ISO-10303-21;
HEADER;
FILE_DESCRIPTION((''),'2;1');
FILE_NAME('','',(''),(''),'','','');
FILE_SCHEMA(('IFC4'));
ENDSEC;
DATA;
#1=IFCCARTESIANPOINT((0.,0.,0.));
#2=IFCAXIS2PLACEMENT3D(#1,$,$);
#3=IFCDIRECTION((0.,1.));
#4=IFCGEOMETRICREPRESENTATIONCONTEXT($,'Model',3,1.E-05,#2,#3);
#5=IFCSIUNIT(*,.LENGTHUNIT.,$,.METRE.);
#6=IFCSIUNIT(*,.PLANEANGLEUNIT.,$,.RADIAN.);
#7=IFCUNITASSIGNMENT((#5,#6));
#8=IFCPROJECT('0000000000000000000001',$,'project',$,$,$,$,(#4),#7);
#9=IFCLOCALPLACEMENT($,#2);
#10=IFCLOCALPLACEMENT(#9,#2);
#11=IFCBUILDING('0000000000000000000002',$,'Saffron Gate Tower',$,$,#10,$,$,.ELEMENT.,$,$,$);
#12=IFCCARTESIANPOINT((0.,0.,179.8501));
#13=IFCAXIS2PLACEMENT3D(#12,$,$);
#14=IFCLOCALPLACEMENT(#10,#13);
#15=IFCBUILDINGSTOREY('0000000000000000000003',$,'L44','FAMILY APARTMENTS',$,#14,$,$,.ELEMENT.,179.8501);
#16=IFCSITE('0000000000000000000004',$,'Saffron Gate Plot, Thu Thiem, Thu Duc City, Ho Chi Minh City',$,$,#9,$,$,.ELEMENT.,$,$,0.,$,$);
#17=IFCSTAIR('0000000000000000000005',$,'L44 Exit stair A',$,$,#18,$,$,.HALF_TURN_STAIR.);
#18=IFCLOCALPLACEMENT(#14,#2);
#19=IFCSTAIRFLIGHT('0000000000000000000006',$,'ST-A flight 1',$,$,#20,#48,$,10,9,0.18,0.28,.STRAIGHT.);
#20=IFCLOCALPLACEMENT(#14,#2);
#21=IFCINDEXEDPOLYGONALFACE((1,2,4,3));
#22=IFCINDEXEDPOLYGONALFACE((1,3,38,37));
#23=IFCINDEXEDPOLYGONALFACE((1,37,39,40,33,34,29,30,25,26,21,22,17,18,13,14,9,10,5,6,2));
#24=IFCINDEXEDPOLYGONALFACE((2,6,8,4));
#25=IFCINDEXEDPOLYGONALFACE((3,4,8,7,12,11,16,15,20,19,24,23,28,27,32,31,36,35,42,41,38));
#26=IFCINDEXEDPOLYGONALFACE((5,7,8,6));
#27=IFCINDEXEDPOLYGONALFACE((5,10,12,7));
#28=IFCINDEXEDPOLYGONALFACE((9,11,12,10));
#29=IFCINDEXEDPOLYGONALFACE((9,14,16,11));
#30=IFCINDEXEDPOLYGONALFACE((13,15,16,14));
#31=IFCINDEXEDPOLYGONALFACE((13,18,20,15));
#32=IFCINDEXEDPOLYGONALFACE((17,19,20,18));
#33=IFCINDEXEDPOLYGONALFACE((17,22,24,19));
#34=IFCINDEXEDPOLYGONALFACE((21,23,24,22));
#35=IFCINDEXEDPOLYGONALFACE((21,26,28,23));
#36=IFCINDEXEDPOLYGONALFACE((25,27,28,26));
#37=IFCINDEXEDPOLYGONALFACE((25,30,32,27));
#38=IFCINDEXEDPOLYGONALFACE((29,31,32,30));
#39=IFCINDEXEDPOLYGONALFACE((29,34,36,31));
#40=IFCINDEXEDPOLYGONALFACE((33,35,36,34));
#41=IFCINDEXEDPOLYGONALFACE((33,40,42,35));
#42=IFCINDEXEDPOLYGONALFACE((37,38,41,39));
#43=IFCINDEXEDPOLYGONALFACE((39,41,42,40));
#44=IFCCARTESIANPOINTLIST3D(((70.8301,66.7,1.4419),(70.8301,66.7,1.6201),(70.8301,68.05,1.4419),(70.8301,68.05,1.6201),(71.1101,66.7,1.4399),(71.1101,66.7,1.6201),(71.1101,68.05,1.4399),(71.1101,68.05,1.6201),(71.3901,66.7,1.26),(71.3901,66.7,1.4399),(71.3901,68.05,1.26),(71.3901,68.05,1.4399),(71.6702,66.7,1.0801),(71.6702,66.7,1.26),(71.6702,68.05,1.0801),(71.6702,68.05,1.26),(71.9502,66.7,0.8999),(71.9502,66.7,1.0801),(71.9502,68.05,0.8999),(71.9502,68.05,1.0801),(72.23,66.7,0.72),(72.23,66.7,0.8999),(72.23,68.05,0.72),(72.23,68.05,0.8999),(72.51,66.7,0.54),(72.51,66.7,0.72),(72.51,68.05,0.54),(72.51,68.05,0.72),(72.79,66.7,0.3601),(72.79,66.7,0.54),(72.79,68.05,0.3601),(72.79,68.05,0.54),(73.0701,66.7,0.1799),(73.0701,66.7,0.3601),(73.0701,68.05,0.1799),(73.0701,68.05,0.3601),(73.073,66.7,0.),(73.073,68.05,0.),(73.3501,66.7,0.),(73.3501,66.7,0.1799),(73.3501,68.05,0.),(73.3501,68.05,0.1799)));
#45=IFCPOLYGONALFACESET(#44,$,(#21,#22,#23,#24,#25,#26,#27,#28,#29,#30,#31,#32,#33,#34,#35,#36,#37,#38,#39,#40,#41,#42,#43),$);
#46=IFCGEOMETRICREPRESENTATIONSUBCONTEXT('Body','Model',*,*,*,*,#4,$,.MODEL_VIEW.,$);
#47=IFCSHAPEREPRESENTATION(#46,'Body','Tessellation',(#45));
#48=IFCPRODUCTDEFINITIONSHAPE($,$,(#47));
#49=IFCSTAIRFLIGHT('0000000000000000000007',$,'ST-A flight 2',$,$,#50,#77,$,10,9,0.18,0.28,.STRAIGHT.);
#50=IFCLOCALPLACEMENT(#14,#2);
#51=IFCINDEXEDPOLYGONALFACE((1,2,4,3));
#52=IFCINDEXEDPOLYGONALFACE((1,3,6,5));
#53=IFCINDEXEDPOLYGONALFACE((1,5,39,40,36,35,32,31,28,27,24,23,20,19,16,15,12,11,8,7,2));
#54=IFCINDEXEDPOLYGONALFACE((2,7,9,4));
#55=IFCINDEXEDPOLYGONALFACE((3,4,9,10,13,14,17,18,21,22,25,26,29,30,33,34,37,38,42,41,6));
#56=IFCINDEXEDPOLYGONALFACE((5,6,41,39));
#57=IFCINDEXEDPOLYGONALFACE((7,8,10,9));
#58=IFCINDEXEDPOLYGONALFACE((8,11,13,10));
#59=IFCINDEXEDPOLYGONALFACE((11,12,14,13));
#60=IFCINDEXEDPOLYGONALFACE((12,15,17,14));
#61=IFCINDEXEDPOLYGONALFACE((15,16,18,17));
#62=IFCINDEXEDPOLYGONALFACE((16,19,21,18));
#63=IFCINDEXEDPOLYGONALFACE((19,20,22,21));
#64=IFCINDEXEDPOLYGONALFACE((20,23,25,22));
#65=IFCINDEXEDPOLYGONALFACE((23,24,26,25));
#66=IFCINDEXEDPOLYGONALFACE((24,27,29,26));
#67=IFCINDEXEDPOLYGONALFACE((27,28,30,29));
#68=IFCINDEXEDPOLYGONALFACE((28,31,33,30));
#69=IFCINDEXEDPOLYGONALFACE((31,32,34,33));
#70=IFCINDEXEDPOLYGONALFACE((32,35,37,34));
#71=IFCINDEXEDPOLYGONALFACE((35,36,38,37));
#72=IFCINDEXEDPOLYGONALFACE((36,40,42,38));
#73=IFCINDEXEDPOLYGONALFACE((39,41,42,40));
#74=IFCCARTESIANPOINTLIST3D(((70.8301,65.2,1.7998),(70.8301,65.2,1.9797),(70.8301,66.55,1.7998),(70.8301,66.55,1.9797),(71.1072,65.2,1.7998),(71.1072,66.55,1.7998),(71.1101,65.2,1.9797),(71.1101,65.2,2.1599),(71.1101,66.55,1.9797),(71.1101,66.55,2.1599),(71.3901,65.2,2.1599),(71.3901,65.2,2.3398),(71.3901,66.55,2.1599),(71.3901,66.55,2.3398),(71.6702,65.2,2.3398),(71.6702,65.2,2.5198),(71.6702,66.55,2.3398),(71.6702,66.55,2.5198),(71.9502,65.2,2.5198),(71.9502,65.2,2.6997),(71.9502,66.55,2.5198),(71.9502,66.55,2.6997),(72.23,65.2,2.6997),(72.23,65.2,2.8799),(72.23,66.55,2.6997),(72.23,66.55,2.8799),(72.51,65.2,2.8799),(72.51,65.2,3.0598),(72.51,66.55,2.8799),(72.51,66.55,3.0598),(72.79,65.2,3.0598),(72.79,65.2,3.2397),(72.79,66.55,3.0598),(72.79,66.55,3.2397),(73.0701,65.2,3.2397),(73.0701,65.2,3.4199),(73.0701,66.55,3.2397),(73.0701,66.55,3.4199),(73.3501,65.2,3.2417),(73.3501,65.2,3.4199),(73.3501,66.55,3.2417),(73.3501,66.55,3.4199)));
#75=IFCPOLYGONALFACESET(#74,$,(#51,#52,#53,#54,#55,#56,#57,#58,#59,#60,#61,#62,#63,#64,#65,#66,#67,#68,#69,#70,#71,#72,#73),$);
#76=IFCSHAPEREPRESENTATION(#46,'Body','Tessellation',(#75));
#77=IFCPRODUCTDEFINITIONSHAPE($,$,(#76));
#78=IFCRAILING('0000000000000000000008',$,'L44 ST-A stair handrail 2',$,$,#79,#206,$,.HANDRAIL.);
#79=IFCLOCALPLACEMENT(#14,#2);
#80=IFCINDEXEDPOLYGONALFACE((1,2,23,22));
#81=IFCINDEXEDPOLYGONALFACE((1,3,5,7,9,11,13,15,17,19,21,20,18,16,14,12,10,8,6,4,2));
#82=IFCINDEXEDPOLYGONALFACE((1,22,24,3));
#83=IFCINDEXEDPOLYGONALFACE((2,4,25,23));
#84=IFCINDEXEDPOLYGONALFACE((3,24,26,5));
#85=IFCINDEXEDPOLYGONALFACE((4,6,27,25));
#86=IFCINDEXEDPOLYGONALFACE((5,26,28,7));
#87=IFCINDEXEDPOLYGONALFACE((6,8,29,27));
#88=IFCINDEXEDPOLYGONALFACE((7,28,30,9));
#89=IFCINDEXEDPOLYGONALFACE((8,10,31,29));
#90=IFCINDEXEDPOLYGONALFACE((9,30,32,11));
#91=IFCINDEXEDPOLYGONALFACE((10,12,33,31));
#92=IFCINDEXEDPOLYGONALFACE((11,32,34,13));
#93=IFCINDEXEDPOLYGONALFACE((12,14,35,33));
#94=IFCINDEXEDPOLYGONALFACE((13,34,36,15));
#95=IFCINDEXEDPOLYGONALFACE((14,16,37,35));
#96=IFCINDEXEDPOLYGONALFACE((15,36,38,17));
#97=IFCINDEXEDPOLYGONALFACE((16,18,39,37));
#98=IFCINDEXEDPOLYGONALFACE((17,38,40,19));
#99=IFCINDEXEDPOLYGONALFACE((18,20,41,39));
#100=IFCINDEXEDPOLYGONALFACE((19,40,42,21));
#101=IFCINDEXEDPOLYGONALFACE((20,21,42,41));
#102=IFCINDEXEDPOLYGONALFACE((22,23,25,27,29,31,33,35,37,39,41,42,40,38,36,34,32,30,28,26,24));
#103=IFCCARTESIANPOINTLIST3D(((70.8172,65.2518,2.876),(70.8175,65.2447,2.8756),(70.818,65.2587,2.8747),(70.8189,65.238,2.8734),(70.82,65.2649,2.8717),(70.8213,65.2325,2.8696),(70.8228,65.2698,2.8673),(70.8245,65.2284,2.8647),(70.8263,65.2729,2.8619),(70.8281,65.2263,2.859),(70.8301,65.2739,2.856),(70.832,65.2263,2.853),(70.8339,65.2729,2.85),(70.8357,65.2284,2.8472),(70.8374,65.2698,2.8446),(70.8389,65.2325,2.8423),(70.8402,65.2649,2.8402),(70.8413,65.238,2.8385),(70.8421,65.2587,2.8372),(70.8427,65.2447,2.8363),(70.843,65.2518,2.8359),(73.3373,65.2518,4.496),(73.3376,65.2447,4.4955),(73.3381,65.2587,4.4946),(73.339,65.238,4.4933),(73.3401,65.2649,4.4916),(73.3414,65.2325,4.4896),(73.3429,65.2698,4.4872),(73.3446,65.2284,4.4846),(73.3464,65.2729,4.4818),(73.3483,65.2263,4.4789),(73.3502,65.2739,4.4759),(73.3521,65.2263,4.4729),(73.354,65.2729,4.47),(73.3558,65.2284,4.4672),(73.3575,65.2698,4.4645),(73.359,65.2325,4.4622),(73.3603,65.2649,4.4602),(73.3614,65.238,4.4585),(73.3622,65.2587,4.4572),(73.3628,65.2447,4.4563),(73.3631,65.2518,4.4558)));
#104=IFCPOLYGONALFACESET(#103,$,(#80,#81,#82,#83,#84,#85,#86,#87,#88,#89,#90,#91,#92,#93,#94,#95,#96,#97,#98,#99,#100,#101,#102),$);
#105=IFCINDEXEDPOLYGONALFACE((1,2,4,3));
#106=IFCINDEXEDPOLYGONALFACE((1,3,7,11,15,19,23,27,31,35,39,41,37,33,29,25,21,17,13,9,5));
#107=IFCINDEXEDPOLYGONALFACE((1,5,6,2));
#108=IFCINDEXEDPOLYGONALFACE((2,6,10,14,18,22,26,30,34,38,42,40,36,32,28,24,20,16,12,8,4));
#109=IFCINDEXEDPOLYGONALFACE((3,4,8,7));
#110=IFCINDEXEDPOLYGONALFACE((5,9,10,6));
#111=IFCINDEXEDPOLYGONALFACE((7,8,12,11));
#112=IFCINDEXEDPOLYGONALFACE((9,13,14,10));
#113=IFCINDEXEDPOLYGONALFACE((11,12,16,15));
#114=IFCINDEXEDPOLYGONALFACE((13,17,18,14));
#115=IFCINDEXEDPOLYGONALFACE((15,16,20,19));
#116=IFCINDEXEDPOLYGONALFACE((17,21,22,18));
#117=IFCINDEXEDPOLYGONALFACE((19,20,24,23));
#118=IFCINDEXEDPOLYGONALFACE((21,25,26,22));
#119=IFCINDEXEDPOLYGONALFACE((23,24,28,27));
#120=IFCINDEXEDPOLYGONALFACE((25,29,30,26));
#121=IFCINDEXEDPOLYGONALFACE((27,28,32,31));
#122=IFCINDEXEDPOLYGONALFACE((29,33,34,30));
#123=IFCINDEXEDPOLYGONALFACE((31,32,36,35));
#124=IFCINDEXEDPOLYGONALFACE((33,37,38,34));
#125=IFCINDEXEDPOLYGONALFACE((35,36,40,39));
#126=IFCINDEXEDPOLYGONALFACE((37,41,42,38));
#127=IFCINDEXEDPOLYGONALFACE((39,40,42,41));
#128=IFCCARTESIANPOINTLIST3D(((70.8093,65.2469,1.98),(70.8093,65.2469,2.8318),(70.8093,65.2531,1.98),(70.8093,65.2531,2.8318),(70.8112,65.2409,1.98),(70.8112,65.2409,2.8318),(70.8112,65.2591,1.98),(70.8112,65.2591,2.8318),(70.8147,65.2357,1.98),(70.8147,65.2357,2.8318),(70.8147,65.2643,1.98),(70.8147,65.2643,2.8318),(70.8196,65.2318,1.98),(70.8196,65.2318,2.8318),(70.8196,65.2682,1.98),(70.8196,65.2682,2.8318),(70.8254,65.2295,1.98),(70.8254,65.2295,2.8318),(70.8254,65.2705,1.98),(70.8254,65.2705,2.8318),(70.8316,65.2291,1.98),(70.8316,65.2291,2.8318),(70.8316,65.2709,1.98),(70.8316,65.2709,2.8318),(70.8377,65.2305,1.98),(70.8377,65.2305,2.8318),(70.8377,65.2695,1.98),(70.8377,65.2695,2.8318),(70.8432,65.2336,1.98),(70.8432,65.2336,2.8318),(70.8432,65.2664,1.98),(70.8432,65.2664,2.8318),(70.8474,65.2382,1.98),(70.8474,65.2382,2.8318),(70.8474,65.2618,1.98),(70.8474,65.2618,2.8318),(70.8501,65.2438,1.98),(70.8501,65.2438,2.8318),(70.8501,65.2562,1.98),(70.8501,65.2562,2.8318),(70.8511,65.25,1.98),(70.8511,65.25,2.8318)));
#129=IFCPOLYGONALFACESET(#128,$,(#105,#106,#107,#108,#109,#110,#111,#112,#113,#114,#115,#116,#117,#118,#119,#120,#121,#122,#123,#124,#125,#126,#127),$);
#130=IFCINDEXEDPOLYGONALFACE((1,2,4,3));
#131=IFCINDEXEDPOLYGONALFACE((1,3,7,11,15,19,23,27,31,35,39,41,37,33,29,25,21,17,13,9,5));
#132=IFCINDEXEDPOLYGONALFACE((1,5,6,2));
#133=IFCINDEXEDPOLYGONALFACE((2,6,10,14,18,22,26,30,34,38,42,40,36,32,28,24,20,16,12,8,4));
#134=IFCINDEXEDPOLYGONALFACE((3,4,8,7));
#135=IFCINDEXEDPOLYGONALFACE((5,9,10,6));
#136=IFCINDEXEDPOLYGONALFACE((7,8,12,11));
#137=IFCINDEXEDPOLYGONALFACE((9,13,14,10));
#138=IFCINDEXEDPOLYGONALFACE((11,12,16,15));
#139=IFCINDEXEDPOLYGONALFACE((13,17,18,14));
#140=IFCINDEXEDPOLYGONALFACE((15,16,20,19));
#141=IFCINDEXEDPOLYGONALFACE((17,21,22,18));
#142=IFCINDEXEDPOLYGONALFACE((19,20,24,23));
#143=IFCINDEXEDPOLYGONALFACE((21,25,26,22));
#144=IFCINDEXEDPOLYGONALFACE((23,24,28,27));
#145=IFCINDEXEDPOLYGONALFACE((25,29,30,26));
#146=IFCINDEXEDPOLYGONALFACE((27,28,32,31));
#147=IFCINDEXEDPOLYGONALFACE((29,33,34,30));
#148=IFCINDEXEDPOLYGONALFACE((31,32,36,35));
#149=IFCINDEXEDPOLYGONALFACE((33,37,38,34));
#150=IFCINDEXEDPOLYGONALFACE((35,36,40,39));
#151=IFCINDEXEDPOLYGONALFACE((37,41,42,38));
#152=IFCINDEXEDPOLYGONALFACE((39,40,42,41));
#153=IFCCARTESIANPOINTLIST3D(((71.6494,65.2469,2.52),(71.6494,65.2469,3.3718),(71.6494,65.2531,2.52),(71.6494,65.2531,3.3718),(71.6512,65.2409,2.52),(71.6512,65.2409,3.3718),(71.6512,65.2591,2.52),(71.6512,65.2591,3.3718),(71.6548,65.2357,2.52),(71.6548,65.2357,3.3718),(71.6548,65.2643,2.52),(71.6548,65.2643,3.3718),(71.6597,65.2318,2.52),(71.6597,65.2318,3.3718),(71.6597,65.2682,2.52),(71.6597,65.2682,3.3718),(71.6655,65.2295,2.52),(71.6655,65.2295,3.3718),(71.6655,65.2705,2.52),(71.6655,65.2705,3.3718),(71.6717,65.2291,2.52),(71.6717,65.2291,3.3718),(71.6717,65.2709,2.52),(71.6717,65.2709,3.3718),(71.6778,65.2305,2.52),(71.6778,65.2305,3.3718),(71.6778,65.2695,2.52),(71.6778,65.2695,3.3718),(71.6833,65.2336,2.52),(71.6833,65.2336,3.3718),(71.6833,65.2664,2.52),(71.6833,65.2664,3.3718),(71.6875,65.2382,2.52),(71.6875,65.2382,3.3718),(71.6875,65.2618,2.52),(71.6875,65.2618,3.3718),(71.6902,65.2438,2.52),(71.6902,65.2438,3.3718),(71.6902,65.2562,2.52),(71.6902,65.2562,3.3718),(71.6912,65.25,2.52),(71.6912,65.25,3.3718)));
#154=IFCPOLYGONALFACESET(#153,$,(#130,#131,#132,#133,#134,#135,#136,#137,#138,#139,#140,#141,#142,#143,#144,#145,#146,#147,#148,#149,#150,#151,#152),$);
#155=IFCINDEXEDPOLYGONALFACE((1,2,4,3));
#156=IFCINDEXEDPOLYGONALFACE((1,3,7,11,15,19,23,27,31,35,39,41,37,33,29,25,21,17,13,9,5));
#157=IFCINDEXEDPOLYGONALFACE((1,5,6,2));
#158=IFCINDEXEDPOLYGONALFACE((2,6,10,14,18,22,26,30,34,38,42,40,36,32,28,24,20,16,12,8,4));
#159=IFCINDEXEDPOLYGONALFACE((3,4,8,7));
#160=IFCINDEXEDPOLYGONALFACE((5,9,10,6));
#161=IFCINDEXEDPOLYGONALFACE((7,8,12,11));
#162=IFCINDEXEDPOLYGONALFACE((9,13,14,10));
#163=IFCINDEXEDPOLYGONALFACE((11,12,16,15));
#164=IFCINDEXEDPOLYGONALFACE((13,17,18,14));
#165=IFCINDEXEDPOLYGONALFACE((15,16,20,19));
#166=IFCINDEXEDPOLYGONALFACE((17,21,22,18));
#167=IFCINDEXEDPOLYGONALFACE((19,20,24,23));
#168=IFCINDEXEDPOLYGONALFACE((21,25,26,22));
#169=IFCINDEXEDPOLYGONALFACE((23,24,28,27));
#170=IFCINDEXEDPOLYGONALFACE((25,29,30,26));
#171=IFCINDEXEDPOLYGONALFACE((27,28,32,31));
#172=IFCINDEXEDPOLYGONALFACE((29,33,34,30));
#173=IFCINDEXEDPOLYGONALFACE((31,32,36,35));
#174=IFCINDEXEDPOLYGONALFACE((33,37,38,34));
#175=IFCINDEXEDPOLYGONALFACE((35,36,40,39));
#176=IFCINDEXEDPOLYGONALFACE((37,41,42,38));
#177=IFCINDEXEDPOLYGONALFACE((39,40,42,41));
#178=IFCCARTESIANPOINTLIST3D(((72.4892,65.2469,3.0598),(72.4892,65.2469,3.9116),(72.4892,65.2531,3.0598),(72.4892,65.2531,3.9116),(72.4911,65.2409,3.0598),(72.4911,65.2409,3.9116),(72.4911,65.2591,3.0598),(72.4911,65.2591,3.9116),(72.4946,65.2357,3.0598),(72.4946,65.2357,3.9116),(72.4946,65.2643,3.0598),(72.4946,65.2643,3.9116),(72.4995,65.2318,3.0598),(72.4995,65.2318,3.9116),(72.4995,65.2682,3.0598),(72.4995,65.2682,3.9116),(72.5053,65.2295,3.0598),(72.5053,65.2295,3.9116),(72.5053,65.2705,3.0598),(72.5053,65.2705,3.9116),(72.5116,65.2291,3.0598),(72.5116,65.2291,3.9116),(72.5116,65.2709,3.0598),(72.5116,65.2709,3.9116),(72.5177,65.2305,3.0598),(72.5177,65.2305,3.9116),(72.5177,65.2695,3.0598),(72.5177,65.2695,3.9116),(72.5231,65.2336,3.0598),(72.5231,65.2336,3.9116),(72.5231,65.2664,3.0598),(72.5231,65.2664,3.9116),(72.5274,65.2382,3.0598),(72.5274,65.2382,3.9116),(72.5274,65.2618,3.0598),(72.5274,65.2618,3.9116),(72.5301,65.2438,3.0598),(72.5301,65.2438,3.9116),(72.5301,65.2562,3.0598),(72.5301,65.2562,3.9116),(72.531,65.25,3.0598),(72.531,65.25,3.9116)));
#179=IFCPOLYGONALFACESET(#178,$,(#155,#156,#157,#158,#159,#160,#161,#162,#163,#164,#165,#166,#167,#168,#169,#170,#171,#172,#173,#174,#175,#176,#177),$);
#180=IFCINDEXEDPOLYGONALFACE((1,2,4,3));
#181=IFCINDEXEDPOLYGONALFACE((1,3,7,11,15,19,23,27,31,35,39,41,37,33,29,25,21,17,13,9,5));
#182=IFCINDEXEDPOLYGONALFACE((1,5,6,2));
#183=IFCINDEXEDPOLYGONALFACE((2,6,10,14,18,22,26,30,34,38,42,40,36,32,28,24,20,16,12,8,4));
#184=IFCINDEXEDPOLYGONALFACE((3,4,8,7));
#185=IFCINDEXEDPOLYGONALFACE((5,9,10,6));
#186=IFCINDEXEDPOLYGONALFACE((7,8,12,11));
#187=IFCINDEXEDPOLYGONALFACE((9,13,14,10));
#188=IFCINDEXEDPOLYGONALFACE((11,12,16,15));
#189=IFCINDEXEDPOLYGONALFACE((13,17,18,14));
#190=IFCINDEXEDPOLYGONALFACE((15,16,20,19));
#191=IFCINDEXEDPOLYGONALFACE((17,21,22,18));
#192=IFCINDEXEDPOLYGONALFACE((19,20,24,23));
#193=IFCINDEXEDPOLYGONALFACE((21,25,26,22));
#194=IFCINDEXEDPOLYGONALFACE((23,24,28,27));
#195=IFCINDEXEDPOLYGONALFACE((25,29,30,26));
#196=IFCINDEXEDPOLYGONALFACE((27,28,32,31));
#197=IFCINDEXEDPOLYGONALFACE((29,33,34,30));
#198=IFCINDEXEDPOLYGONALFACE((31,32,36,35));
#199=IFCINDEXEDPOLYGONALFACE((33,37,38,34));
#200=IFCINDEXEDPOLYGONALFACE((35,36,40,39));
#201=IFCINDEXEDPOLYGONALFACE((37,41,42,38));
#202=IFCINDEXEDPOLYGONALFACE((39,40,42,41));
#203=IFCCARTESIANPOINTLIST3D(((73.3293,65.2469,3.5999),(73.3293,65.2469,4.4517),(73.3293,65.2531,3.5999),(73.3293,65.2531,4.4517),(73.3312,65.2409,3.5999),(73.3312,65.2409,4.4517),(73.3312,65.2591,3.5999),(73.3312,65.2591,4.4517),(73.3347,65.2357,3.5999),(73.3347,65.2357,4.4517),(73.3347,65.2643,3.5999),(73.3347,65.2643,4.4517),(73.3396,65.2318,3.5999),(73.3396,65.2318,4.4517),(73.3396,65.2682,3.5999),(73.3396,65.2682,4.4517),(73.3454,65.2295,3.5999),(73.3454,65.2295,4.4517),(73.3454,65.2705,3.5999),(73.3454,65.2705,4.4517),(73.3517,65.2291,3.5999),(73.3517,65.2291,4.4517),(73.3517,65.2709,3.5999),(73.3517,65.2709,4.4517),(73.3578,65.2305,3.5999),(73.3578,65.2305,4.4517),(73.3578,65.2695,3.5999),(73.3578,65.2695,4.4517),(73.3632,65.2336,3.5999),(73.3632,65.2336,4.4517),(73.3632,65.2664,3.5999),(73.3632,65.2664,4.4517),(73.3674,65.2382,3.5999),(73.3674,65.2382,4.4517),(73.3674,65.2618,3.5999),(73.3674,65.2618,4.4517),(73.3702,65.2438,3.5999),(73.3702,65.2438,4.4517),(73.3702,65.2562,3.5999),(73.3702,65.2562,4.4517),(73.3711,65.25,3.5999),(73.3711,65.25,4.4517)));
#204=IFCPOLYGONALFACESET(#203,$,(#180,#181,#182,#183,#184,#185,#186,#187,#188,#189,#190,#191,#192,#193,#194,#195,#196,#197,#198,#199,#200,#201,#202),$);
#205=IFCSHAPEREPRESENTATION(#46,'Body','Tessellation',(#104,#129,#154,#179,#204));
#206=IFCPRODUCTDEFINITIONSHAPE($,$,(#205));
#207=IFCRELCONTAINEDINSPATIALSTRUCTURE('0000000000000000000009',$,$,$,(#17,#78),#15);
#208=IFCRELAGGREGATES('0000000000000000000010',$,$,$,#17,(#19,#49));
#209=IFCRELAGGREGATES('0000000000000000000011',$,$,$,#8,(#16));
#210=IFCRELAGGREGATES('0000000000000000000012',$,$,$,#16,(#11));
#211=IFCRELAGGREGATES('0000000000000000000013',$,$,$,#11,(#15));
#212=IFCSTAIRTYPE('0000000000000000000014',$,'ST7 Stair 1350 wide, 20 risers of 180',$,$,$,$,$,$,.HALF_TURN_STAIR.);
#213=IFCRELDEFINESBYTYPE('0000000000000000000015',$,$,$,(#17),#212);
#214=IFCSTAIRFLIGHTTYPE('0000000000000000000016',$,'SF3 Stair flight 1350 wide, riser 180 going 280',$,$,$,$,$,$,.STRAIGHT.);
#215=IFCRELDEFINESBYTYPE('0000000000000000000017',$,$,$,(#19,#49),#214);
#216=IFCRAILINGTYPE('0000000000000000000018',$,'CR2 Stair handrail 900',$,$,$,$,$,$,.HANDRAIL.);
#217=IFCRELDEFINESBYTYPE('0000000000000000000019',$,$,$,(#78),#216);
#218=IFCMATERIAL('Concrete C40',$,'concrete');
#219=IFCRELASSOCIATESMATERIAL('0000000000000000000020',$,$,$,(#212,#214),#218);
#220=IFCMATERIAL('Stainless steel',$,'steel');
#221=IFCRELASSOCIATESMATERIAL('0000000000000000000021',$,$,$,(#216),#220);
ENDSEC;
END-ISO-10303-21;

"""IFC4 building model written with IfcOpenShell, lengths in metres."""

from ifc_helpers import new_model, si_unit, direction, frame, origin, origin_2d, place, context, subcontext, project, spatial, polyline, circle, outline, extrude, material, type_object, element, aggregate, save


model = new_model("IFC4")

# Units and contexts
model_context = context("Model", 3, precision=1e-05, world=origin(), true_north=direction((0.0, 1.0)))
body_context = subcontext(model_context, "Body", "Model", "MODEL_VIEW")
ifc_project = project(units=[si_unit("LENGTHUNIT", "METRE"), si_unit("PLANEANGLEUNIT", "RADIAN")], contexts=[model_context])

# Site, building, storey
site_placement = place(None, origin())
site = spatial("IfcSite", under=ifc_project, at=site_placement, Name="Saffron Gate Plot, Thu Thiem, Thu Duc City, Ho Chi Minh City", CompositionType="ELEMENT", RefElevation=0.0)
building_placement = place(site_placement, origin())
building = spatial("IfcBuilding", under=site, at=building_placement, Name="Saffron Gate Tower", CompositionType="ELEMENT")
storey_placement = place(building_placement, frame((0.0, 0.0, 179.8501)))
storey = spatial("IfcBuildingStorey", under=building, at=storey_placement, Name="L44", Description="FAMILY APARTMENTS", CompositionType="ELEMENT", Elevation=179.8501)

# Stair, stair flights
ifc_material_1 = material(Name="Concrete C40", Category="concrete")
stair_type = type_object("IfcStairType", Name="ST7 Stair 1350 wide, 20 risers of 180", PredefinedType="HALF_TURN_STAIR", material=ifc_material_1)
stair_placement = place(storey_placement, origin())
stair = element("IfcStair", 1, at=stair_placement, inside=storey, type_object=stair_type, Name="L44 Exit stair A", PredefinedType="HALF_TURN_STAIR")
stair_flight_type = type_object("IfcStairFlightType", Name="SF3 Stair flight 1350 wide, riser 180 going 280", PredefinedType="STRAIGHT", material=ifc_material_1)
stair_flight_1_placement = place(storey_placement, frame((73.3501, 67.375, 0.0), z_axis=(0.0, 0.0, 1.0), x_axis=(-1.0, 0.0, 0.0)))
stair_flight_1 = element("IfcStairFlight", 2, at=stair_flight_1_placement, type_object=stair_flight_type, Name="ST-A flight 1", NumberOfRisers=10, NumberOfTreads=9, PredefinedType="STRAIGHT", RiserHeight=0.18, TreadLength=0.28, context=body_context, shape_type="SweptSolid", body=[
    extrude(outline(polyline([(0.0, 0.0), (0.0, 0.1799), (0.28, 0.1799), (0.28, 0.3601), (0.5601, 0.3601), (0.5601, 0.54), (0.8401, 0.54), (0.8401, 0.72), (1.1201, 0.72), (1.1201, 0.8999), (1.3999, 0.8999), (1.3999, 1.0801), (1.6799, 1.0801), (1.6799, 1.26), (1.96, 1.26), (1.96, 1.4399), (2.24, 1.4399), (2.24, 1.6201), (2.52, 1.6201), (2.52, 1.8), (2.52, 1.4419), (0.2771, 0.0), (0.0, 0.0)])), frame((0.0, 0.675, 0.0), z_axis=(0.0, -1.0, 0.0), x_axis=(1.0, 0.0, 0.0)), (0.0, 0.0, 1.0), 1.3501),
])
stair_flight_2_placement = place(storey_placement, frame((70.8301, 65.875, 1.7998), z_axis=(0.0, 0.0, 1.0), x_axis=(1.0, 0.0, 0.0)))
stair_flight_2 = element("IfcStairFlight", 3, at=stair_flight_2_placement, type_object=stair_flight_type, Name="ST-A flight 2", NumberOfRisers=10, NumberOfTreads=9, PredefinedType="STRAIGHT", RiserHeight=0.18, TreadLength=0.28, context=body_context, shape_type="SweptSolid", body=[
    extrude(outline(polyline([(0.0, 0.0), (0.0, 0.1799), (0.28, 0.1799), (0.28, 0.3601), (0.5601, 0.3601), (0.5601, 0.54), (0.8401, 0.54), (0.8401, 0.72), (1.1201, 0.72), (1.1201, 0.8999), (1.3999, 0.8999), (1.3999, 1.0801), (1.6799, 1.0801), (1.6799, 1.26), (1.96, 1.26), (1.96, 1.4399), (2.24, 1.4399), (2.24, 1.6201), (2.52, 1.6201), (2.52, 1.8), (2.52, 1.4419), (0.2771, 0.0), (0.0, 0.0)])), frame((0.0, 0.675, 0.0), z_axis=(0.0, -1.0, 0.0), x_axis=(1.0, 0.0, 0.0)), (0.0, 0.0, 1.0), 1.3501),
])
aggregate(stair, [stair_flight_1, stair_flight_2])

# Railing
ifc_material_2 = material(Name="Stainless steel", Category="steel")
railing_type_1 = type_object("IfcRailingType", Name="CR2 Stair handrail 900", PredefinedType="HANDRAIL", material=ifc_material_2)
railing_1_placement = place(storey_placement, frame((70.8301, 65.25, 1.98)))
element("IfcRailing", 4, at=railing_1_placement, inside=storey, type_object=railing_type_1, Name="L44 ST-A stair handrail 2", PredefinedType="HANDRAIL", context=body_context, shape_type="SweptSolid", body=[
    extrude(circle(Radius=0.0239, at=origin_2d()), frame((0.0, 0.0, 0.876), z_axis=(0.8412, 0.0, 0.540725), x_axis=(0.0, 1.0, 0.0)), (0.0, 0.0, 1.0), 2.9958),
    extrude(circle(Radius=0.021, at=origin_2d()), origin(), (0.0, 0.0, 1.0), 0.8518),
    extrude(circle(Radius=0.021, at=origin_2d()), frame((0.8401, 0.0, 0.54)), (0.0, 0.0, 1.0), 0.8518),
    extrude(circle(Radius=0.021, at=origin_2d()), frame((1.6799, 0.0, 1.0798)), (0.0, 0.0, 1.0), 0.8518),
    extrude(circle(Radius=0.021, at=origin_2d()), frame((2.52, 0.0, 1.6199)), (0.0, 0.0, 1.0), 0.8518),
])

save(model, "model.ifc")
